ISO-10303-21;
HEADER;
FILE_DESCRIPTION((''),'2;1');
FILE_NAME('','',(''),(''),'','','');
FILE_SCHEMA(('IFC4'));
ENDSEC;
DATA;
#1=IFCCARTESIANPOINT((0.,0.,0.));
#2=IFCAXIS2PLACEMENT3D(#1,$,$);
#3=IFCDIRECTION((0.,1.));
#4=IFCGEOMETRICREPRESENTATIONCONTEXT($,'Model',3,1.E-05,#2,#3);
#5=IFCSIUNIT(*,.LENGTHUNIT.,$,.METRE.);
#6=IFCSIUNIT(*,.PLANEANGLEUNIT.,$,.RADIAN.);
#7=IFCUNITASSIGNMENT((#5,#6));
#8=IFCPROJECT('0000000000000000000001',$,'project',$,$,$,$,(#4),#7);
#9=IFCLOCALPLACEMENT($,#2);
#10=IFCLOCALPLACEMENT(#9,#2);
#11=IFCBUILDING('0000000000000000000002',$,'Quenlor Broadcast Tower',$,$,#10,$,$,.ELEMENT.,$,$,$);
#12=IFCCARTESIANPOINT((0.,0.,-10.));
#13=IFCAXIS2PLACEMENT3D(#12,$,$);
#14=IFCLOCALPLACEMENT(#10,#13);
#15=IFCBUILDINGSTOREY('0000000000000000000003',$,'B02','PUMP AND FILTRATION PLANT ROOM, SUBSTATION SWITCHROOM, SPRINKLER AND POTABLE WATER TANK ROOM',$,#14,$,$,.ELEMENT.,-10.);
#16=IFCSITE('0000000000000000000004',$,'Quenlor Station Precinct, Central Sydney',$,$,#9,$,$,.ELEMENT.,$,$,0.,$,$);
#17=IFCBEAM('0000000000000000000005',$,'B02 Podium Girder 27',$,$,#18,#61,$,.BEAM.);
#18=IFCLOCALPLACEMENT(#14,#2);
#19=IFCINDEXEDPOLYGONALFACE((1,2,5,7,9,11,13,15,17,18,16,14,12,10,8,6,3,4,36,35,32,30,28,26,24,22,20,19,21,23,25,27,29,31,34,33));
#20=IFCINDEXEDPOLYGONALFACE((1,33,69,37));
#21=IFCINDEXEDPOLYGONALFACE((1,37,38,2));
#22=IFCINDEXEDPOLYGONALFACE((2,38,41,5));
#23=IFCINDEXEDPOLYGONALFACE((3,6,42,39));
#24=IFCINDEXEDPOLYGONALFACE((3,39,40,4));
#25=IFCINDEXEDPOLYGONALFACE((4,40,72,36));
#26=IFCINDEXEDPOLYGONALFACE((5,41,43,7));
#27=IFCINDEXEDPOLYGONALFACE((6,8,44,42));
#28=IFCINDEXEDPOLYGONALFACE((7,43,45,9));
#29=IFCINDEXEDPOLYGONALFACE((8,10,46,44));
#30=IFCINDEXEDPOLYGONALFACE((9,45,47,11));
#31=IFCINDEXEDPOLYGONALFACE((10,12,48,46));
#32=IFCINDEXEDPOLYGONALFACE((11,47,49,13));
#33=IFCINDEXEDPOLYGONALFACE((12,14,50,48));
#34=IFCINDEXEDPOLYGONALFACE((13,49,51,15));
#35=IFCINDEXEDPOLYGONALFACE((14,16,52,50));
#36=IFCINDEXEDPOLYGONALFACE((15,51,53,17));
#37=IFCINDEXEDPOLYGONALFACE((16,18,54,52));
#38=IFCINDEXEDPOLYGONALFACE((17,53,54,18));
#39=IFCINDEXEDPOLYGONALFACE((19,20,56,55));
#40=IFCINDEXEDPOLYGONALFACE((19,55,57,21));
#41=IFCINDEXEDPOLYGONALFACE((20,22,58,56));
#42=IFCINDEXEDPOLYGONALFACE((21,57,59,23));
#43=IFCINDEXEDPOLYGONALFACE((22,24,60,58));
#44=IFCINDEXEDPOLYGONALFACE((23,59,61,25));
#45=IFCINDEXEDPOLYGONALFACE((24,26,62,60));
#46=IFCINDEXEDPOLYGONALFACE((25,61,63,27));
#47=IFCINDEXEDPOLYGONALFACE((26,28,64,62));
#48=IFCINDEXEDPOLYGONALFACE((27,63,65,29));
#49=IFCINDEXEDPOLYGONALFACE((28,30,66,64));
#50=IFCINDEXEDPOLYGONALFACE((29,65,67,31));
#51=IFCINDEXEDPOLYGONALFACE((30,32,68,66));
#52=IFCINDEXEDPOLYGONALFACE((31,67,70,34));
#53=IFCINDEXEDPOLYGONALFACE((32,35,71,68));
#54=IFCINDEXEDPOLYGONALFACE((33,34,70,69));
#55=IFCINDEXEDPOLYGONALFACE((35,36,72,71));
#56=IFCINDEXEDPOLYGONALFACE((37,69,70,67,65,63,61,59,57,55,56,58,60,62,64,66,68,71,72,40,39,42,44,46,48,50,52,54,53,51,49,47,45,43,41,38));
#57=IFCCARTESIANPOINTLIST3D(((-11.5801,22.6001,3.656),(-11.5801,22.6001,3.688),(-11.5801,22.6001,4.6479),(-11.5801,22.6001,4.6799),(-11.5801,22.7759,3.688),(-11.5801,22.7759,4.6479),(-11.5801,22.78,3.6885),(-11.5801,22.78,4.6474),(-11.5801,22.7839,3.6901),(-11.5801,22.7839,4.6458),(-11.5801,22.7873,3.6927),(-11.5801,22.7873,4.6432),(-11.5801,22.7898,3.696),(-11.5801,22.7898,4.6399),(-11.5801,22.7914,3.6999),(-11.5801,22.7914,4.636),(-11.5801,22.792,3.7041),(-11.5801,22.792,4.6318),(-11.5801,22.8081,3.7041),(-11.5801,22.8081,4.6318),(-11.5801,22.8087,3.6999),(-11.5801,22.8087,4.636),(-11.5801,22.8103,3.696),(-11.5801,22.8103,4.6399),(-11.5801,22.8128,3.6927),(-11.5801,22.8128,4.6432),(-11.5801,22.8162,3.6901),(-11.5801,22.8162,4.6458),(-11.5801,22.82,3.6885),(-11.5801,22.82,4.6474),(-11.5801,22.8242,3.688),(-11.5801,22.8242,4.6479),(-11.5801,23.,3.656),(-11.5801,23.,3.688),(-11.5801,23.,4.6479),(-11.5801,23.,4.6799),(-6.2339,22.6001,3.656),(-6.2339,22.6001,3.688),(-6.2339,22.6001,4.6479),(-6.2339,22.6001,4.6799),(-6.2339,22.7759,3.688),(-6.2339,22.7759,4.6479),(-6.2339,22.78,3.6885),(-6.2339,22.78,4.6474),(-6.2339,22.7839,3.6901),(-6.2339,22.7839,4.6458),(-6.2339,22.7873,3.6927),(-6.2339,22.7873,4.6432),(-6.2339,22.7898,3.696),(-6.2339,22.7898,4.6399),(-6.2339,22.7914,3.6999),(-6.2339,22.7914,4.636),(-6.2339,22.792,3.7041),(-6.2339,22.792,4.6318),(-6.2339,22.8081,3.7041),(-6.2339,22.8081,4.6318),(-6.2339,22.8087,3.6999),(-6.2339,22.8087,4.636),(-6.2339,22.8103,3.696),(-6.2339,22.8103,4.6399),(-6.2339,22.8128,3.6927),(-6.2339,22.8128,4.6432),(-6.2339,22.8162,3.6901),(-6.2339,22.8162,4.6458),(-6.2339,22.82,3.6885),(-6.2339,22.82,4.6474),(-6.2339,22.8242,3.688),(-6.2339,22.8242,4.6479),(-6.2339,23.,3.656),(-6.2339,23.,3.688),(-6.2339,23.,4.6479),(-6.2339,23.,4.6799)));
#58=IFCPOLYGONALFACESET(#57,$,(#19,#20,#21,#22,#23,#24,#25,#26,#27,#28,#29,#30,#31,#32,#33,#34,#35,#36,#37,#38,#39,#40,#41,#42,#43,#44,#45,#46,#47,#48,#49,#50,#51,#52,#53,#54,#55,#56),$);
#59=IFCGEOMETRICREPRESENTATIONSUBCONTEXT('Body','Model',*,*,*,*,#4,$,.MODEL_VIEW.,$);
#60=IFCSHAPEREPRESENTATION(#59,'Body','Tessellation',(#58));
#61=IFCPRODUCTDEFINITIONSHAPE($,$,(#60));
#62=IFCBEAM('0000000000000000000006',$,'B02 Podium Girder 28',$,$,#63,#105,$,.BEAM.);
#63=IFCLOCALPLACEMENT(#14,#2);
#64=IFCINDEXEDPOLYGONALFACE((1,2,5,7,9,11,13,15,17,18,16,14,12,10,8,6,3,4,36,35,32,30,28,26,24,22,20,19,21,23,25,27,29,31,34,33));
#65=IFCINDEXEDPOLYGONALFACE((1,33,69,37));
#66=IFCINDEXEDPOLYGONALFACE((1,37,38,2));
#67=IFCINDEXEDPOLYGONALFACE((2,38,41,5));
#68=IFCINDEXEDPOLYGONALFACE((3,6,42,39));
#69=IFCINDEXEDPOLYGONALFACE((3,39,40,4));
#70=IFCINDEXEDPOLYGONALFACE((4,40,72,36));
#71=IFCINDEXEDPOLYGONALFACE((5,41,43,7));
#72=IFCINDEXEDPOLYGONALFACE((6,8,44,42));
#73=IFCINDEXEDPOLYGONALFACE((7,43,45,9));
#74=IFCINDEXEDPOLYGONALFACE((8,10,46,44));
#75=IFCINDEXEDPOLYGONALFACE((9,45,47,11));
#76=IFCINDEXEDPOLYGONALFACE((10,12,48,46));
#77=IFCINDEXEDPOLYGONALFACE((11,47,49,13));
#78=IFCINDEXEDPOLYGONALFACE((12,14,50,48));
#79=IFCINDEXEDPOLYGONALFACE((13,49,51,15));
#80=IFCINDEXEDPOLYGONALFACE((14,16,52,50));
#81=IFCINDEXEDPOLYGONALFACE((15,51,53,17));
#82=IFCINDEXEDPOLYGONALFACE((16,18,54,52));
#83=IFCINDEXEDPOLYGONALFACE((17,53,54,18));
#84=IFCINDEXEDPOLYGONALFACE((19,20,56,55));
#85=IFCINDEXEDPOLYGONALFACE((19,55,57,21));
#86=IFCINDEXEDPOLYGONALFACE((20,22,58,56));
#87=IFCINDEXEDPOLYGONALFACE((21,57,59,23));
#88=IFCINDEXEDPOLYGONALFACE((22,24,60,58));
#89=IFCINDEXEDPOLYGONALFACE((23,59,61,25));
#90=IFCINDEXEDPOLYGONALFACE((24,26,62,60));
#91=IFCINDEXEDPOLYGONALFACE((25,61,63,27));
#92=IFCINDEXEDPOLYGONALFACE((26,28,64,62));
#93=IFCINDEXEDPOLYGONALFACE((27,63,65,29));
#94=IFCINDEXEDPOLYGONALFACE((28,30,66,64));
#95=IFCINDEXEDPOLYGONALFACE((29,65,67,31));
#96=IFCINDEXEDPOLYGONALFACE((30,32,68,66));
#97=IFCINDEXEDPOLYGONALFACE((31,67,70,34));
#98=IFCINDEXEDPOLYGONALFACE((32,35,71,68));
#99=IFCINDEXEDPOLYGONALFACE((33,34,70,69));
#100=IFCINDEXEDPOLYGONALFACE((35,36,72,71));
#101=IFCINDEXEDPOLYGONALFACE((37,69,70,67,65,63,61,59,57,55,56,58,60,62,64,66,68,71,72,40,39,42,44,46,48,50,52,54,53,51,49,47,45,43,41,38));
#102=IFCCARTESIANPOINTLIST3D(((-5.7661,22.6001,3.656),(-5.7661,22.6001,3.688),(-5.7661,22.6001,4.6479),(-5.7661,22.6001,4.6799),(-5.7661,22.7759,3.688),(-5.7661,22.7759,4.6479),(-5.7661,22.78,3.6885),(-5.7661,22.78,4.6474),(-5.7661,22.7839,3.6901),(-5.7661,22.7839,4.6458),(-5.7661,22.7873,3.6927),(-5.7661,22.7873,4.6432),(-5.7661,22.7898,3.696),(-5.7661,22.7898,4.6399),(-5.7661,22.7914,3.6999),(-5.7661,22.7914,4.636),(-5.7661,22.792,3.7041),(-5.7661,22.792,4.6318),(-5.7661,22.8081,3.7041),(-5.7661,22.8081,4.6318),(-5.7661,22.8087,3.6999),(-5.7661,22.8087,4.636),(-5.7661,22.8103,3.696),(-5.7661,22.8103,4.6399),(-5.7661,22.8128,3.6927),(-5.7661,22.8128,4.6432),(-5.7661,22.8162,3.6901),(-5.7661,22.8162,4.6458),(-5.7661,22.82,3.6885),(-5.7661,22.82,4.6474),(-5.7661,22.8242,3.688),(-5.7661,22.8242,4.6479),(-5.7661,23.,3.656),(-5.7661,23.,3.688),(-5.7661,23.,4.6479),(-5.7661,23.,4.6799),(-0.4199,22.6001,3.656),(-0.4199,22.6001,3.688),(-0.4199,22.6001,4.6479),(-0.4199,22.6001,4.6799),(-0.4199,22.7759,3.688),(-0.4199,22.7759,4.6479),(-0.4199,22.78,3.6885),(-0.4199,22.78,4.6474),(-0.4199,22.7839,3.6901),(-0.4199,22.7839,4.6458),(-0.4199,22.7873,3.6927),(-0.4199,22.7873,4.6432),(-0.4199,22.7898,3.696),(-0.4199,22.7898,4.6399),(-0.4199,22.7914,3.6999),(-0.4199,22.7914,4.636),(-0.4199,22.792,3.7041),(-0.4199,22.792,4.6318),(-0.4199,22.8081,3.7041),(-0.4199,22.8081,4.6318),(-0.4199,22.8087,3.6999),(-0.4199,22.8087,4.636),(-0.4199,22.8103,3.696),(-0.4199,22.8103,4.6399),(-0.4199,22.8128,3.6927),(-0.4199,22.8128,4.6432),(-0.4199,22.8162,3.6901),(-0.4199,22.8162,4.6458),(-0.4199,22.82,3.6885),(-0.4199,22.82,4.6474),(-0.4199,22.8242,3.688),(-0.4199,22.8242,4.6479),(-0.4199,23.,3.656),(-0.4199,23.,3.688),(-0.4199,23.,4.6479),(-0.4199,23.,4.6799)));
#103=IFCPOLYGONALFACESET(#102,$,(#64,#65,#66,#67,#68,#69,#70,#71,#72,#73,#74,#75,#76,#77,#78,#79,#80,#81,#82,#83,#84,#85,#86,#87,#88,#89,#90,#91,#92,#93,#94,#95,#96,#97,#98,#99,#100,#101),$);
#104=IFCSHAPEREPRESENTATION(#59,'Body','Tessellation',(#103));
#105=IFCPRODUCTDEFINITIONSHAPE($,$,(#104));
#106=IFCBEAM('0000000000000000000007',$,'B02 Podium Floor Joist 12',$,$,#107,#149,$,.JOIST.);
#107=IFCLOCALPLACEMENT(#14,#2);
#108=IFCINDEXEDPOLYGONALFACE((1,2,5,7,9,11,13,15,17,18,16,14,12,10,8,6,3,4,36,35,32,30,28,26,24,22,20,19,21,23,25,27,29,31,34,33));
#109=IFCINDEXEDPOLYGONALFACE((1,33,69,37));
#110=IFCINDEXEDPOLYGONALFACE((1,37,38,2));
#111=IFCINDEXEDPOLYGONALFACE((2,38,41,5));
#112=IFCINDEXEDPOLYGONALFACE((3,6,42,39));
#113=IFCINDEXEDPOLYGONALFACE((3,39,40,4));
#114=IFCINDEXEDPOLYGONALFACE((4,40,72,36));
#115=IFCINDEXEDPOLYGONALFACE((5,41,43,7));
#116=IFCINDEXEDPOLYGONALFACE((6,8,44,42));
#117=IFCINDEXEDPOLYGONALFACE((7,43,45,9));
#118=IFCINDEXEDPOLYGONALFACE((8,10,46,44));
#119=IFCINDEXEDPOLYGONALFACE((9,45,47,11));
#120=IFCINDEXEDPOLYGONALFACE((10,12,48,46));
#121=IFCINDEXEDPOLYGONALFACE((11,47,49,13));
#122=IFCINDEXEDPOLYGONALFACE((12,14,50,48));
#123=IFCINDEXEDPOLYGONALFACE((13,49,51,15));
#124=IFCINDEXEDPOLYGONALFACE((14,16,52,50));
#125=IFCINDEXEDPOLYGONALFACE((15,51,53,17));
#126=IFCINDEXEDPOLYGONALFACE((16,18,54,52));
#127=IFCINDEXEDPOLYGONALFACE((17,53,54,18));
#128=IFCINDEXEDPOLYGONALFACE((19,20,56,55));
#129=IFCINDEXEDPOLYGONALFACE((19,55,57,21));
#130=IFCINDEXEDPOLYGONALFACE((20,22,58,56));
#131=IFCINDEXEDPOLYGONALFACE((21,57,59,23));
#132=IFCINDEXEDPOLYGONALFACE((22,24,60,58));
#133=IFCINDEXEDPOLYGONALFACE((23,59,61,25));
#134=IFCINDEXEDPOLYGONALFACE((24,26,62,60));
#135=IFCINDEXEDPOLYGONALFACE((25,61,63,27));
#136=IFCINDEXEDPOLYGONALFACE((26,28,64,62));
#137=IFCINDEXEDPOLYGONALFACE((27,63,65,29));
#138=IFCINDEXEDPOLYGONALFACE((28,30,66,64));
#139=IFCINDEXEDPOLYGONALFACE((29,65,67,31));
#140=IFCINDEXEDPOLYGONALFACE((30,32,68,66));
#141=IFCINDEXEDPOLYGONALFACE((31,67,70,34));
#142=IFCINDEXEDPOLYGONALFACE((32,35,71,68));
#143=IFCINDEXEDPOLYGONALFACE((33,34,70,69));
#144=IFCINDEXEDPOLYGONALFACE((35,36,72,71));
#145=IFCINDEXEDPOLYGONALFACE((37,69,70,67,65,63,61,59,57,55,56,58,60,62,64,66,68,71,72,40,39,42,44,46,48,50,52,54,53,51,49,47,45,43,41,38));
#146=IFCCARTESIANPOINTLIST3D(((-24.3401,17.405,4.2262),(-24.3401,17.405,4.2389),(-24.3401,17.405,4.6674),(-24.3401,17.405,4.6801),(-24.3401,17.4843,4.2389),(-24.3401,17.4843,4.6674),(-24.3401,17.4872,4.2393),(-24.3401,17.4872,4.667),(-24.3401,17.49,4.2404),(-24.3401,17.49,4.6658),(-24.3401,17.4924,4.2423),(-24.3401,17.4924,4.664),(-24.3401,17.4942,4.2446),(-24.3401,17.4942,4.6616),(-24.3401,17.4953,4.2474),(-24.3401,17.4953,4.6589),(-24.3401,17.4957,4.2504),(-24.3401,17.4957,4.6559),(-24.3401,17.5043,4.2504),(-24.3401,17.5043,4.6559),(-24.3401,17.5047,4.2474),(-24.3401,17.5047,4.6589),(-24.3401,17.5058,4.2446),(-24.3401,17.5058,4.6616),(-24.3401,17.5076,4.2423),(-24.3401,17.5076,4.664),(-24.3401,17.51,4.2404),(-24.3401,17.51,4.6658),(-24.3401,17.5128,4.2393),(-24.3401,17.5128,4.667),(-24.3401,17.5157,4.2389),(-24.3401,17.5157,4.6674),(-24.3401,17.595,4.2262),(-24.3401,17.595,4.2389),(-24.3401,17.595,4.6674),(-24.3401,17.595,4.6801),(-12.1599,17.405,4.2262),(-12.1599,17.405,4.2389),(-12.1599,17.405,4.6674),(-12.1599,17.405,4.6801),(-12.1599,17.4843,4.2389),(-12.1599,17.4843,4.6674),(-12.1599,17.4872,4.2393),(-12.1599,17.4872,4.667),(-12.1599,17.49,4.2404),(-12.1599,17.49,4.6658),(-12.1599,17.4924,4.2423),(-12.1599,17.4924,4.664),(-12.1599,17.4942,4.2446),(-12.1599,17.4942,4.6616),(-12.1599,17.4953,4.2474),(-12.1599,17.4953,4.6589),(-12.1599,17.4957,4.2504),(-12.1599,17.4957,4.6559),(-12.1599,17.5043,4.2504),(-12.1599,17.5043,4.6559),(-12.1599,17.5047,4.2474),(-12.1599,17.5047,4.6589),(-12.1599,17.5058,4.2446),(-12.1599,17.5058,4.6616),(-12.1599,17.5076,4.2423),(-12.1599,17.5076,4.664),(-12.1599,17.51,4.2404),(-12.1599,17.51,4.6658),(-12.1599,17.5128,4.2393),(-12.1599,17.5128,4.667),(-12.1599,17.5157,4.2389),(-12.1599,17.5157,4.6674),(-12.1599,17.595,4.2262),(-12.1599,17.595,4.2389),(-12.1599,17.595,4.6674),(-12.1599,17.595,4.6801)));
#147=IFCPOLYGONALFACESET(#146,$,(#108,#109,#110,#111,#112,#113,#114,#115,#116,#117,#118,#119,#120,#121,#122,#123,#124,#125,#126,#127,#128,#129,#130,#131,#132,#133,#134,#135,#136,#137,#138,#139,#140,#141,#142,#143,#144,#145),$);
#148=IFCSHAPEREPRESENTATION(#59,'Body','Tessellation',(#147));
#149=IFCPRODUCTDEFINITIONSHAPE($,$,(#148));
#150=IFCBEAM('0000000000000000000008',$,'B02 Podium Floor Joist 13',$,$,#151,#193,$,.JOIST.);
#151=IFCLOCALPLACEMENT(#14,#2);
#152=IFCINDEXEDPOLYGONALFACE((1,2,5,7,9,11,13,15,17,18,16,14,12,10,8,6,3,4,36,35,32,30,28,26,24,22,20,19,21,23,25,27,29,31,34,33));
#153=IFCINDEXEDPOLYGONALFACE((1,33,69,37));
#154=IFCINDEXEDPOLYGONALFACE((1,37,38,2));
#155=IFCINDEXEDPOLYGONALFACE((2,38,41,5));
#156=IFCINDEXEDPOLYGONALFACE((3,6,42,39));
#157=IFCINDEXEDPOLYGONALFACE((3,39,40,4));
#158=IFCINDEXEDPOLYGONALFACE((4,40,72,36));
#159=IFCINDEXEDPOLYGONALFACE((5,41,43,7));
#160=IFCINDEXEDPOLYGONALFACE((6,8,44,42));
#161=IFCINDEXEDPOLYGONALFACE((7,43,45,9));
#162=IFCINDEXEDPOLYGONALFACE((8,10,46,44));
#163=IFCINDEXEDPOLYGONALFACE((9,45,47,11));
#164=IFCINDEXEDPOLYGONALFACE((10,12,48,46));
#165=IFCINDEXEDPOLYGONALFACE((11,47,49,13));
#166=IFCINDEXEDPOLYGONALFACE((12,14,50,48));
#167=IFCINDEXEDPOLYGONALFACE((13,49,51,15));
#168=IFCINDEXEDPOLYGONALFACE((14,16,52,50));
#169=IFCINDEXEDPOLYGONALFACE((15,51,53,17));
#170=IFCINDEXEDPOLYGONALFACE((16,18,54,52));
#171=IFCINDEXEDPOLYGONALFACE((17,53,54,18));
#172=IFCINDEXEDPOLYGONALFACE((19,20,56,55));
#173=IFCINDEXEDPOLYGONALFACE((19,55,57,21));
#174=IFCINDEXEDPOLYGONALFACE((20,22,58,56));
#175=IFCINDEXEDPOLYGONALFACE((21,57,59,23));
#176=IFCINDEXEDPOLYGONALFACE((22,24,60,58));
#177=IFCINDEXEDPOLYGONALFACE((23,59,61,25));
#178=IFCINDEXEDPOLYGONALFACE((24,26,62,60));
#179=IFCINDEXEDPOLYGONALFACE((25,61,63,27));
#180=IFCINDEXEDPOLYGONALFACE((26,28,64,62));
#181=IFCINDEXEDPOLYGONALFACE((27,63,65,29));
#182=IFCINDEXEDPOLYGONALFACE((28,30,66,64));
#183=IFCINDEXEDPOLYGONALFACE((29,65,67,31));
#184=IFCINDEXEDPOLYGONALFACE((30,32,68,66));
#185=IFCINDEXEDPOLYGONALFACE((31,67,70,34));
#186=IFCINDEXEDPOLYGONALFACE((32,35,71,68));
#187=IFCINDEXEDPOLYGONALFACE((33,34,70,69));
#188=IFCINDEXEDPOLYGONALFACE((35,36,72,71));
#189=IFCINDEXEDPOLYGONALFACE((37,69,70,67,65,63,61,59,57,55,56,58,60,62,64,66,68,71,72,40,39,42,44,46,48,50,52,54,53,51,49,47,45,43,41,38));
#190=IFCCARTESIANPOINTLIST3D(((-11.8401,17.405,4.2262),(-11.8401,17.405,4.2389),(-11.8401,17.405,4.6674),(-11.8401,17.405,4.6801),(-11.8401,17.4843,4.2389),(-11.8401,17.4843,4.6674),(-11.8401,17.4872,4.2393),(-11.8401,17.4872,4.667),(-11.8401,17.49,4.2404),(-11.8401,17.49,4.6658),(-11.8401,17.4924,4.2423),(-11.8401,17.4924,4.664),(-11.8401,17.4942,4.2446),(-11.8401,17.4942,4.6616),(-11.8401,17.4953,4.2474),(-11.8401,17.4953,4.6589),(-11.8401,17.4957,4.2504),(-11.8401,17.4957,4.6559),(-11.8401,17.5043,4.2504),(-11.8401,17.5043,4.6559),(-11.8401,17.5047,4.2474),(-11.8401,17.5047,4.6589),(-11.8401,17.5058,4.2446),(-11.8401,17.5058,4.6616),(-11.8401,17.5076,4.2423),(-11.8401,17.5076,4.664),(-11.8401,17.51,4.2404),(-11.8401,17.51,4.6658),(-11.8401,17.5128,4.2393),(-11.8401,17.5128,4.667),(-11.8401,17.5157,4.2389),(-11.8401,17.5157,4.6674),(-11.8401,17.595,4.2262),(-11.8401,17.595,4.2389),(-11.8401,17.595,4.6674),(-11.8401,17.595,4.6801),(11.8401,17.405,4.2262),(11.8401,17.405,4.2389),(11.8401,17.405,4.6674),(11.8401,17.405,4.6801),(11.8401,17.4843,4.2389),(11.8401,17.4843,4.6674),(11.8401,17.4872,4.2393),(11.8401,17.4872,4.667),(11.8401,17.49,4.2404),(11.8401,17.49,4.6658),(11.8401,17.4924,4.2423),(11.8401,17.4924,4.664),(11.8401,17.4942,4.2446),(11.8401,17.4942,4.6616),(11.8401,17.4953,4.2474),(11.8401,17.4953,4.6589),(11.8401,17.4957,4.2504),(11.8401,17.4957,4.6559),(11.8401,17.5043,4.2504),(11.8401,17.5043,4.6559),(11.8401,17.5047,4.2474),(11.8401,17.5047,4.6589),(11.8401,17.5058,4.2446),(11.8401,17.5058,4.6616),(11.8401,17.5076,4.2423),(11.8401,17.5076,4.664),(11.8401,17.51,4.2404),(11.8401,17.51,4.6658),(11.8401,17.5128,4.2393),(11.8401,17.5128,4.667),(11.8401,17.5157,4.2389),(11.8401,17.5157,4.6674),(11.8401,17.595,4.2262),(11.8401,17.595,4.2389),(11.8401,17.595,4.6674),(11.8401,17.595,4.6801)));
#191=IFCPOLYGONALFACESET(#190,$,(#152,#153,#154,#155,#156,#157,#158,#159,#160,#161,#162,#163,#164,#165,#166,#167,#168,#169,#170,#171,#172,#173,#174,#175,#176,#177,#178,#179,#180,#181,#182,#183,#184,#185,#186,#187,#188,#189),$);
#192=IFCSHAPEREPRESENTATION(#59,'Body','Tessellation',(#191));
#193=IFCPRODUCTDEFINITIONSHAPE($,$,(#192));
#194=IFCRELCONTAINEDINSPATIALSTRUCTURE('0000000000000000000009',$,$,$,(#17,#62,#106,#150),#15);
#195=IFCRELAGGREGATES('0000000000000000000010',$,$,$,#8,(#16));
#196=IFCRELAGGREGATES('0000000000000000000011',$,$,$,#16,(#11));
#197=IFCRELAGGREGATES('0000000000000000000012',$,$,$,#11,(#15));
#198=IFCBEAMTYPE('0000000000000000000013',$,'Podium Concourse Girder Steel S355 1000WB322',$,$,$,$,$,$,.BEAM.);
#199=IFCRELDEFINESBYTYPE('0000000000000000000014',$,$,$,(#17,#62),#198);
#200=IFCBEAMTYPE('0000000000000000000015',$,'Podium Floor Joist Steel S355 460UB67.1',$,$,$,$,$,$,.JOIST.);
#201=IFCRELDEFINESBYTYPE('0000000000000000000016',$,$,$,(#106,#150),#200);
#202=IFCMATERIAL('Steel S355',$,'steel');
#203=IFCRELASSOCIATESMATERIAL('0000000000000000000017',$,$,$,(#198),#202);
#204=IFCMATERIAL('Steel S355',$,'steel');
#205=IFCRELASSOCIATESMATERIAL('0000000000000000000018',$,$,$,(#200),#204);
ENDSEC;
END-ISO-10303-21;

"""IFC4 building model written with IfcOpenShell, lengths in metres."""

from ifc_helpers import new_model, si_unit, direction, frame, origin, origin_2d, place, context, subcontext, project, spatial, i_section, extrude, material, material_profile, profile_set, type_object, element, save


model = new_model("IFC4")

# Units and contexts
model_context = context("Model", 3, precision=1e-05, world=origin(), true_north=direction((0.0, 1.0)))
body_context = subcontext(model_context, "Body", "Model", "MODEL_VIEW")
ifc_project = project(units=[si_unit("LENGTHUNIT", "METRE"), si_unit("PLANEANGLEUNIT", "RADIAN")], contexts=[model_context])

# Site, building, storey
site_placement = place(None, origin())
site = spatial("IfcSite", under=ifc_project, at=site_placement, Name="Quenlor Station Precinct, Central Sydney", CompositionType="ELEMENT", RefElevation=0.0)
building_placement = place(site_placement, origin())
building = spatial("IfcBuilding", under=site, at=building_placement, Name="Quenlor Broadcast Tower", CompositionType="ELEMENT")
storey_placement = place(building_placement, frame((0.0, 0.0, -10.0)))
storey = spatial("IfcBuildingStorey", under=building, at=storey_placement, Name="B02", Description="PUMP AND FILTRATION PLANT ROOM, SUBSTATION SWITCHROOM, SPRINKLER AND POTABLE WATER TANK ROOM", CompositionType="ELEMENT", Elevation=-10.0)

# Beams
ifc_material_1 = material(Name="Steel S355", Category="steel")
ifc_material_profile_1 = material_profile(ifc_material_1, i_section(OverallWidth=0.3999, OverallDepth=1.0239, WebThickness=0.0161, FlangeThickness=0.032, FilletRadius=0.0161, at=origin_2d()))
ifc_profile_set_1 = profile_set([ifc_material_profile_1], Name="Steel S355 1000WB322")
beam_type_1 = type_object("IfcBeamType", Name="Podium Concourse Girder Steel S355 1000WB322", PredefinedType="BEAM", material=ifc_profile_set_1)
for number, where, z_axis, x_axis, name in (
    (1, (-11.5801, 22.8, 4.168), (1.0, 0.0, 0.0), (0.0, 1.0, 0.0), "B02 Podium Girder 27"),
    (2, (-5.7661, 22.8, 4.168), (1.0, 0.0, 0.0), (0.0, 1.0, 0.0), "B02 Podium Girder 28"),
):
    element("IfcBeam", number, at=place(storey_placement, frame(where, z_axis=z_axis, x_axis=x_axis)), inside=storey, type_object=beam_type_1, Name=name, PredefinedType="BEAM", context=body_context, shape_type="SweptSolid", body=[
        extrude(i_section(OverallWidth=0.3999, OverallDepth=1.0239, WebThickness=0.0161, FlangeThickness=0.032, FilletRadius=0.0161, at=origin_2d()), origin(), (0.0, 0.0, 1.0), 5.3462),
    ])
ifc_material_2 = material(Name="Steel S355", Category="steel")
ifc_material_profile_2 = material_profile(ifc_material_2, i_section(OverallWidth=0.1899, OverallDepth=0.4539, WebThickness=0.0085, FlangeThickness=0.0127, FilletRadius=0.0115, at=origin_2d()))
ifc_profile_set_2 = profile_set([ifc_material_profile_2], Name="Steel S355 460UB67.1")
beam_type_2 = type_object("IfcBeamType", Name="Podium Floor Joist Steel S355 460UB67.1", PredefinedType="JOIST", material=ifc_profile_set_2)
beam_1_placement = place(storey_placement, frame((-24.3401, 17.5, 4.4531), z_axis=(1.0, 0.0, 0.0), x_axis=(0.0, 1.0, 0.0)))
element("IfcBeam", 3, at=beam_1_placement, inside=storey, type_object=beam_type_2, Name="B02 Podium Floor Joist 12", PredefinedType="JOIST", context=body_context, shape_type="SweptSolid", body=[
    extrude(i_section(OverallWidth=0.1899, OverallDepth=0.4539, WebThickness=0.0085, FlangeThickness=0.0127, FilletRadius=0.0115, at=origin_2d()), origin(), (0.0, 0.0, 1.0), 12.1802),
])
beam_2_placement = place(storey_placement, frame((-11.8401, 17.5, 4.4531), z_axis=(1.0, 0.0, 0.0), x_axis=(0.0, 1.0, 0.0)))
element("IfcBeam", 4, at=beam_2_placement, inside=storey, type_object=beam_type_2, Name="B02 Podium Floor Joist 13", PredefinedType="JOIST", context=body_context, shape_type="SweptSolid", body=[
    extrude(i_section(OverallWidth=0.1899, OverallDepth=0.4539, WebThickness=0.0085, FlangeThickness=0.0127, FilletRadius=0.0115, at=origin_2d()), origin(), (0.0, 0.0, 1.0), 23.6802),
])

save(model, "model.ifc")
